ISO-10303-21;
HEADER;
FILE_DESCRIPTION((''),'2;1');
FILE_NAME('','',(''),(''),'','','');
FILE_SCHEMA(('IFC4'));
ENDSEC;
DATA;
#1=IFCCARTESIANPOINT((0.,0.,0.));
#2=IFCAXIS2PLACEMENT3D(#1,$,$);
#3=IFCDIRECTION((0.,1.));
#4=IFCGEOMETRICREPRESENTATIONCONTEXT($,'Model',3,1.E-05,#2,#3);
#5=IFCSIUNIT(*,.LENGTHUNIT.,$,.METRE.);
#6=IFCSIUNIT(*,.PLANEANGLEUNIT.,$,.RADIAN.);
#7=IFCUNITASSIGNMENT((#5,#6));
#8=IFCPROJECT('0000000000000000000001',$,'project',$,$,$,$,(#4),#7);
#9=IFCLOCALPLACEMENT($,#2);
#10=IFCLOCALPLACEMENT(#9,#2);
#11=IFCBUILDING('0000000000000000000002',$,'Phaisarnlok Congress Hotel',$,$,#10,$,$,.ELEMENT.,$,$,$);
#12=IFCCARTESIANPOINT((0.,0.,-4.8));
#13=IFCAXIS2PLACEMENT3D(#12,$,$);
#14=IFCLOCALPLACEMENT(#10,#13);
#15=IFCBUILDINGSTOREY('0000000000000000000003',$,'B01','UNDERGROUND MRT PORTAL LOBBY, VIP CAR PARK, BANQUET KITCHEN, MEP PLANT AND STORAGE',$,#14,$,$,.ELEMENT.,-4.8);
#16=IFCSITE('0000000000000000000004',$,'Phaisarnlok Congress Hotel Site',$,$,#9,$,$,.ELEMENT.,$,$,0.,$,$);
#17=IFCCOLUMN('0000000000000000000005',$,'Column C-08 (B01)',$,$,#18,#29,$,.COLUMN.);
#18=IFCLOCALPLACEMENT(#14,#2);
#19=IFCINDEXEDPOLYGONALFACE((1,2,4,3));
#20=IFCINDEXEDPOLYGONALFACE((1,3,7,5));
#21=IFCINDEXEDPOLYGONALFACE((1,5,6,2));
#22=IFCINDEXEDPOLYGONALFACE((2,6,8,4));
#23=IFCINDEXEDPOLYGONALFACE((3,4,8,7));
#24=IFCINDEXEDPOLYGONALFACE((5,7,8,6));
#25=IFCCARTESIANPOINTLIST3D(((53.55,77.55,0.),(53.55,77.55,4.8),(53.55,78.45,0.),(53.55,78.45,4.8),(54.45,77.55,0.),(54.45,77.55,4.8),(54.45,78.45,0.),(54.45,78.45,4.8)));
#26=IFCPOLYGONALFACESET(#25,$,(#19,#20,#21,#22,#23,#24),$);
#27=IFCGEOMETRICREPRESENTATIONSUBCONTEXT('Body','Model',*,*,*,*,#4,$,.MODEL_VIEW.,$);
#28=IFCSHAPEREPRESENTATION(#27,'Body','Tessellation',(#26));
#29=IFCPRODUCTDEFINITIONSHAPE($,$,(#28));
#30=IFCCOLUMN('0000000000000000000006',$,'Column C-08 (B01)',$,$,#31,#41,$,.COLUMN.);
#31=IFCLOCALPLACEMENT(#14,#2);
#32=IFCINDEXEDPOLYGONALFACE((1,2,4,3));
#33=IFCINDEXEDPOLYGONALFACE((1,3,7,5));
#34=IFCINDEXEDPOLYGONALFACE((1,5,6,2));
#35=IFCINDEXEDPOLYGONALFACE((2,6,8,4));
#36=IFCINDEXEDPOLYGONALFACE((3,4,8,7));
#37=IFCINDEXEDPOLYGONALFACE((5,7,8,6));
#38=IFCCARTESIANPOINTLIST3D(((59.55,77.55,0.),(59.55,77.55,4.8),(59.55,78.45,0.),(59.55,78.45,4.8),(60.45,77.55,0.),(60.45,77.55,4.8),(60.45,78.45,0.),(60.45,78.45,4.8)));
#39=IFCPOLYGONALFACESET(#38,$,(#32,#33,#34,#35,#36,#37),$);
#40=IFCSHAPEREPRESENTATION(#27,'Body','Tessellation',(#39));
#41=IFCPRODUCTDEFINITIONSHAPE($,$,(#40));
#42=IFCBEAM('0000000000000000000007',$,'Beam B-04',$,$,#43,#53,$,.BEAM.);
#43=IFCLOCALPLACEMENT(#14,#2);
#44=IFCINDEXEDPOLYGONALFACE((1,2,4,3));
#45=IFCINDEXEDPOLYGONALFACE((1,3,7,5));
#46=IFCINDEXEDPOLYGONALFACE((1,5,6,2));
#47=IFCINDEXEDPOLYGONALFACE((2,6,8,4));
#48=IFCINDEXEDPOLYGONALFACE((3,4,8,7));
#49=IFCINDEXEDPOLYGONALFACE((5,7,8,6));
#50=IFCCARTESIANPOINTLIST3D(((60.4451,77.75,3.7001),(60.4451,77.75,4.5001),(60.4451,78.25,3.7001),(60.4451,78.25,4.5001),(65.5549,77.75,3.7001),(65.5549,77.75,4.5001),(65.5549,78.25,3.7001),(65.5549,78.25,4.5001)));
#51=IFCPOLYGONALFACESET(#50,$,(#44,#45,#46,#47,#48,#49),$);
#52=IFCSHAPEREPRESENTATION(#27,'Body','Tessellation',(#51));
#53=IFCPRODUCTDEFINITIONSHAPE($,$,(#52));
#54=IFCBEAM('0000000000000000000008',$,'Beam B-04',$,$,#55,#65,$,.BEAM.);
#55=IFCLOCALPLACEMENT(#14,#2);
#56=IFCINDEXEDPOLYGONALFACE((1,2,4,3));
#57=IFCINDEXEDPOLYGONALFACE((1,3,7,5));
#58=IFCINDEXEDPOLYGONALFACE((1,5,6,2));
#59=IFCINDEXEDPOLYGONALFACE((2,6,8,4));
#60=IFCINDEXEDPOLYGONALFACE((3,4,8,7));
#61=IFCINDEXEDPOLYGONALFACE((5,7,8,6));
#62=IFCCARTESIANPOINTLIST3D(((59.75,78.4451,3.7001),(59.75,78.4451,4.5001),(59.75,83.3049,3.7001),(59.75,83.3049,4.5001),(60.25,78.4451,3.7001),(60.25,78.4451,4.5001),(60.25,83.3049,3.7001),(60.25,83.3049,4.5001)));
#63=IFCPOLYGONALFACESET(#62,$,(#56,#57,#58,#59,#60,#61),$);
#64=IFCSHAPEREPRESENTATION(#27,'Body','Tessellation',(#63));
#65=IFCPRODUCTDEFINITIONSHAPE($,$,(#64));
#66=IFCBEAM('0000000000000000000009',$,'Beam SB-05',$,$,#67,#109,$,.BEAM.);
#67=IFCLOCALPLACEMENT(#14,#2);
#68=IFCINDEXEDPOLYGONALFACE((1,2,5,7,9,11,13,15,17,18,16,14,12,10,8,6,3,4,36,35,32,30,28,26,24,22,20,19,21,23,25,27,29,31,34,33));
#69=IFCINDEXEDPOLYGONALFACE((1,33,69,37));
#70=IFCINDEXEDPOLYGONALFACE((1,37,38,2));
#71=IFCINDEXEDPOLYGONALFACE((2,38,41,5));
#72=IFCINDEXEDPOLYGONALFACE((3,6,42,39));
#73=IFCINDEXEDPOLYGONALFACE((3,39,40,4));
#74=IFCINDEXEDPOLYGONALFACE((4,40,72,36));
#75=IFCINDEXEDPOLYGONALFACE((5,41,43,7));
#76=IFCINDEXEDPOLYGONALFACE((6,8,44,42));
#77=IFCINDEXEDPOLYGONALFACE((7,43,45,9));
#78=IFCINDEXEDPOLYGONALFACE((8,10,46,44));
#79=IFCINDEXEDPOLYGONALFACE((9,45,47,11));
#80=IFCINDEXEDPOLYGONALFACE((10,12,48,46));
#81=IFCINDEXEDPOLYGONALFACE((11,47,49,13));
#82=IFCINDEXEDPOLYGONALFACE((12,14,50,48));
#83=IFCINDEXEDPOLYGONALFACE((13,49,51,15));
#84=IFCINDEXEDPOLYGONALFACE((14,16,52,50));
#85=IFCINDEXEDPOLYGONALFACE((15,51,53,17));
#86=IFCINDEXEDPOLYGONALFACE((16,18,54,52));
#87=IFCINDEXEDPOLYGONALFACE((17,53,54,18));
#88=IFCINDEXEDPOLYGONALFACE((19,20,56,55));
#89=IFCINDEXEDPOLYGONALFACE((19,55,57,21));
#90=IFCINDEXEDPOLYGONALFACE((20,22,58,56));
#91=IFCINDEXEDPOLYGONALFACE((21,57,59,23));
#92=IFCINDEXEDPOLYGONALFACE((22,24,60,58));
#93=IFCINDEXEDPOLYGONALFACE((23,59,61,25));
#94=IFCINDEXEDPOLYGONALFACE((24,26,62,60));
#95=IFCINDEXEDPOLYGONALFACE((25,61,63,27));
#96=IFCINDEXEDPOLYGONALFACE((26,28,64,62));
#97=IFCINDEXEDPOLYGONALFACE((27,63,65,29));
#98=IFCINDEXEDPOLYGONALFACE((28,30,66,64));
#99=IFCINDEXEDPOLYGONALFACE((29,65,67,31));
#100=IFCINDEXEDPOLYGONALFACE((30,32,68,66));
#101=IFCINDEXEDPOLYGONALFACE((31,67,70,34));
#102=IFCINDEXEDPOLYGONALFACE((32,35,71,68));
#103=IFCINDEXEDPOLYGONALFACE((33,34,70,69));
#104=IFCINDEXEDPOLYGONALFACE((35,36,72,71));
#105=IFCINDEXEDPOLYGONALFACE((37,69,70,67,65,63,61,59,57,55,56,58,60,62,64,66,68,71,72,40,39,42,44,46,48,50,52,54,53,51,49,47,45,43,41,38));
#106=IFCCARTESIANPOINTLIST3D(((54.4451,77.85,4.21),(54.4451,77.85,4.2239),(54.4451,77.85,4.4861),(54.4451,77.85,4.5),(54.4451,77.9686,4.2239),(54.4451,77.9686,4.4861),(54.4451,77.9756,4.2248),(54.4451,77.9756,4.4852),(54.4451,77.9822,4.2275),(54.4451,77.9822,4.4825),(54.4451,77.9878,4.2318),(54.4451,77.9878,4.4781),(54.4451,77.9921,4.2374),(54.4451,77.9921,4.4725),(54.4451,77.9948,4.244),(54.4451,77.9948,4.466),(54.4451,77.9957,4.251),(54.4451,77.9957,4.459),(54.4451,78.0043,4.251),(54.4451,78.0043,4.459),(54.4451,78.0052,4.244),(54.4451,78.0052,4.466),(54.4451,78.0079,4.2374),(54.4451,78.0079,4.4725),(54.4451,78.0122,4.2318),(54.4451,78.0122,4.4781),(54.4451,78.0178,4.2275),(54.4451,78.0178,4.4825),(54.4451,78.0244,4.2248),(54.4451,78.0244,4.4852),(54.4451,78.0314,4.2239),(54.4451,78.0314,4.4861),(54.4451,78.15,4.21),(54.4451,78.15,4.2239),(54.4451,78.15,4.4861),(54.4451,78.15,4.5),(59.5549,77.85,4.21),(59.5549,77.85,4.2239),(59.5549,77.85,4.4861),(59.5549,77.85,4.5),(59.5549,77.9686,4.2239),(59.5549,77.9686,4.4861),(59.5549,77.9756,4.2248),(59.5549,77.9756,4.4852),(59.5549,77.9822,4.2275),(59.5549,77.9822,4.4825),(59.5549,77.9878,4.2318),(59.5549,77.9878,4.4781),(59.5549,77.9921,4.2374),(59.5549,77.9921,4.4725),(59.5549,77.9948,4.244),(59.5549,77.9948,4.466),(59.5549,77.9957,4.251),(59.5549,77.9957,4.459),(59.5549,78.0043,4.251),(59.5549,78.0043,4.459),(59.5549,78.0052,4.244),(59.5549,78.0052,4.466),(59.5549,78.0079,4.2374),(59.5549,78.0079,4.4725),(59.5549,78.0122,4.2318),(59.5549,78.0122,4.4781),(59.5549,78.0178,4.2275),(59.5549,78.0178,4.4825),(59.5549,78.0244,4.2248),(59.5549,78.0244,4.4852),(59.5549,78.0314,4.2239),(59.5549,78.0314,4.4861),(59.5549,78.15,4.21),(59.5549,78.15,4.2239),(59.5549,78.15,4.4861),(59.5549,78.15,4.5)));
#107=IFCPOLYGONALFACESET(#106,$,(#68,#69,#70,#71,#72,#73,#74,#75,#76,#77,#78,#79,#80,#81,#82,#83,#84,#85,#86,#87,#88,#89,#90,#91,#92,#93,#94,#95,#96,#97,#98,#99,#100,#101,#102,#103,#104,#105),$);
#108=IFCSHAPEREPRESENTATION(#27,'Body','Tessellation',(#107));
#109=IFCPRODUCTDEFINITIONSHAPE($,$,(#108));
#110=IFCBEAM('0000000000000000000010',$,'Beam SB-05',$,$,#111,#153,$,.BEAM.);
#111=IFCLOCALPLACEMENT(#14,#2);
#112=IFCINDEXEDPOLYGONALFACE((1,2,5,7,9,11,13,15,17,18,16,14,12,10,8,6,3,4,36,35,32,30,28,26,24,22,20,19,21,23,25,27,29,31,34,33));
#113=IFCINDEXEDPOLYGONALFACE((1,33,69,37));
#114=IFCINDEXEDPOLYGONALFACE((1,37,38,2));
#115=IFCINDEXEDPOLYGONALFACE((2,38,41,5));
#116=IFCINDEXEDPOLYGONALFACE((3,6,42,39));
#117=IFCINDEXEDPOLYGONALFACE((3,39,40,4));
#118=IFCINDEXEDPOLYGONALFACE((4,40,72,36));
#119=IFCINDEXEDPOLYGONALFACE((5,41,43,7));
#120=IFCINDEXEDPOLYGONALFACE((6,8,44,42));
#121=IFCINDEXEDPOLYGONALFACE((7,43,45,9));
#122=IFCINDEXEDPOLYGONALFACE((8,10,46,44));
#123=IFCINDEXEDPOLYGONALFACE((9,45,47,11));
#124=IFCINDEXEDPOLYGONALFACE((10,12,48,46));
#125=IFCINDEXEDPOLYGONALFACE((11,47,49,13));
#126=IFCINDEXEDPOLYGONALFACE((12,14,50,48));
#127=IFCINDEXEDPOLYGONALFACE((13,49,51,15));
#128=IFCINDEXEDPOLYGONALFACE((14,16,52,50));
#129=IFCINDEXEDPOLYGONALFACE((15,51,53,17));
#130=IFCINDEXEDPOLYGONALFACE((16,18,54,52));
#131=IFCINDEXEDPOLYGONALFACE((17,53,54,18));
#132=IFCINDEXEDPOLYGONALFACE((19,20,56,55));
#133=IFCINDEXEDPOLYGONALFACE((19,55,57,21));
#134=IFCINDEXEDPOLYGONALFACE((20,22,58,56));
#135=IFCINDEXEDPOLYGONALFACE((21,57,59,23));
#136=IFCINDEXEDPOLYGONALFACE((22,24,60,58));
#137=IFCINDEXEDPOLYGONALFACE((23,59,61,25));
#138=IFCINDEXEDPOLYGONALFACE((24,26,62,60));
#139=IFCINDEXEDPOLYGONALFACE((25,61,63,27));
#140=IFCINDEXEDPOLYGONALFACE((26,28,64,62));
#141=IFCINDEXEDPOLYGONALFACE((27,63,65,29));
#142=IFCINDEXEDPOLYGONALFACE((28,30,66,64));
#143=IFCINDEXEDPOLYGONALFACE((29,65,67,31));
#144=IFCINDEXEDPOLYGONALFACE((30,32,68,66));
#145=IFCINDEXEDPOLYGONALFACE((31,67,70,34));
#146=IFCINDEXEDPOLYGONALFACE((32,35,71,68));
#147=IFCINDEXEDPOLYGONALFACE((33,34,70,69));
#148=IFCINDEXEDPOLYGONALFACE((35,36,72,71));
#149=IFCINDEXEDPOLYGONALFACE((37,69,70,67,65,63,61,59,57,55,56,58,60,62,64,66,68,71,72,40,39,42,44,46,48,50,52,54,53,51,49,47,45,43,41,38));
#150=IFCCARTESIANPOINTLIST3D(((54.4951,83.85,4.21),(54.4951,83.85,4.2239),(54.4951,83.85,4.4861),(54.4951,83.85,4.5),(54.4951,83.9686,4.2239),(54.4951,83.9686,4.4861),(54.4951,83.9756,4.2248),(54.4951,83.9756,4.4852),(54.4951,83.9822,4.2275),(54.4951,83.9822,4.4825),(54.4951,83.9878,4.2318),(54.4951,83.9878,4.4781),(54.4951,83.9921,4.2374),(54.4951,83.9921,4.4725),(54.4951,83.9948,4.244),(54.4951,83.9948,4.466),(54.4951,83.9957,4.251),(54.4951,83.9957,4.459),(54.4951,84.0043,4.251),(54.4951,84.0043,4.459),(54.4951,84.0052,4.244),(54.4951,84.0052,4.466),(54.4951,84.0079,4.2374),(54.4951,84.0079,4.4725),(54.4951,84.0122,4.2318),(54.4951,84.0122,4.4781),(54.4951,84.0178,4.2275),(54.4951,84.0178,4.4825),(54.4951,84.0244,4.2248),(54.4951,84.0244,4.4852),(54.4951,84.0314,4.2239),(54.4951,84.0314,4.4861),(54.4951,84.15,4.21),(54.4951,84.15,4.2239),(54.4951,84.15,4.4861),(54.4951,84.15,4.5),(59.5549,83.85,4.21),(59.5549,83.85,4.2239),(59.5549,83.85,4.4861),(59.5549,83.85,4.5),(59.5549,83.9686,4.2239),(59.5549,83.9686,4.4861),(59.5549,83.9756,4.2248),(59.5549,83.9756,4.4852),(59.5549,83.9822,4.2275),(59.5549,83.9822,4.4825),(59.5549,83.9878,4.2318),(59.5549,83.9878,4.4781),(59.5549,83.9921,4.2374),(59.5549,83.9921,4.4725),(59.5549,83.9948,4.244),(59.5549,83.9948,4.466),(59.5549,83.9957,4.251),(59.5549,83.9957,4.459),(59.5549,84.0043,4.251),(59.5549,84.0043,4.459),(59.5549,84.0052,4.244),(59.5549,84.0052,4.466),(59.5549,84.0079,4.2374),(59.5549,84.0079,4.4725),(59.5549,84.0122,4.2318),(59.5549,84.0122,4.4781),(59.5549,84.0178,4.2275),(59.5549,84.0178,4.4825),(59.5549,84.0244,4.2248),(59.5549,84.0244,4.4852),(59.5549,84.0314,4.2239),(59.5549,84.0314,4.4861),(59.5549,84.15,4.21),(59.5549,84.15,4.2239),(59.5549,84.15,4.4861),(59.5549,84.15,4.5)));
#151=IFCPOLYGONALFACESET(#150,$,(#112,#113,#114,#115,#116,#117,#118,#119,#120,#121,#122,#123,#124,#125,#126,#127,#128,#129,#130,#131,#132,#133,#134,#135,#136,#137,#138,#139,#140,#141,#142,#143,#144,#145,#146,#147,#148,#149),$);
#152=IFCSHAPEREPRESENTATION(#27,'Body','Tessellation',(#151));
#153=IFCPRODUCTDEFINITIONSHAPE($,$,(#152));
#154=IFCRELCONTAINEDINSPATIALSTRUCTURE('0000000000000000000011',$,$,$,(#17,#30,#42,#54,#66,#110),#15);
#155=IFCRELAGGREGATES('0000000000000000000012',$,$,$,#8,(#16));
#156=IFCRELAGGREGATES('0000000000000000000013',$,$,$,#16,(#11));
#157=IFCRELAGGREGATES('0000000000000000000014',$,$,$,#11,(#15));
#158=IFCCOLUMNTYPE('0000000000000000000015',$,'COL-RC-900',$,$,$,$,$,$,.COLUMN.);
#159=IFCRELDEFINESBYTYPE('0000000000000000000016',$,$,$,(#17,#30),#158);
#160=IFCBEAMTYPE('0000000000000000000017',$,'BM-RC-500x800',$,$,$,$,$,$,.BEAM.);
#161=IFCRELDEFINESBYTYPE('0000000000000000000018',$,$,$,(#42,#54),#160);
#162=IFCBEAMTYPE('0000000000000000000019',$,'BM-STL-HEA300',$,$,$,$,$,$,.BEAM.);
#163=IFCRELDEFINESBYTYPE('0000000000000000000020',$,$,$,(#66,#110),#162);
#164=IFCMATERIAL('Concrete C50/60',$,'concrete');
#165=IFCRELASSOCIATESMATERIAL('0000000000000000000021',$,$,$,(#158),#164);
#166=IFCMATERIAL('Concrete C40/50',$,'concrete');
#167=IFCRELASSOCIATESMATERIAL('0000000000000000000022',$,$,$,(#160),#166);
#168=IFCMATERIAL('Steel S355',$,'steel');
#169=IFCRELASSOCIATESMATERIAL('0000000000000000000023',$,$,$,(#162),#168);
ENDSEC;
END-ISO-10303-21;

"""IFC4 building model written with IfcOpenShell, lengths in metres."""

from ifc_helpers import new_model, si_unit, direction, frame, origin, origin_2d, place, context, subcontext, project, spatial, rectangle, i_section, extrude, material, material_profile, profile_set, type_object, element, save


model = new_model("IFC4")

# Units and contexts
model_context = context("Model", 3, precision=1e-05, world=origin(), true_north=direction((0.0, 1.0)))
body_context = subcontext(model_context, "Body", "Model", "MODEL_VIEW")
ifc_project = project(units=[si_unit("LENGTHUNIT", "METRE"), si_unit("PLANEANGLEUNIT", "RADIAN")], contexts=[model_context])

# Site, building, storey
site_placement = place(None, origin())
site = spatial("IfcSite", under=ifc_project, at=site_placement, Name="Phaisarnlok Congress Hotel Site", CompositionType="ELEMENT", RefElevation=0.0)
building_placement = place(site_placement, origin())
building = spatial("IfcBuilding", under=site, at=building_placement, Name="Phaisarnlok Congress Hotel", CompositionType="ELEMENT")
storey_placement = place(building_placement, frame((0.0, 0.0, -4.8)))
storey = spatial("IfcBuildingStorey", under=building, at=storey_placement, Name="B01", Description="UNDERGROUND MRT PORTAL LOBBY, VIP CAR PARK, BANQUET KITCHEN, MEP PLANT AND STORAGE", CompositionType="ELEMENT", Elevation=-4.8)

# Shared definitions
ifc_material_1 = material(Name="Concrete C40/50", Category="concrete")

# Columns
ifc_material_2 = material(Name="Concrete C50/60", Category="concrete")
ifc_material_profile_1 = material_profile(ifc_material_2, rectangle(XDim=0.8999, YDim=0.8999, at=origin_2d()), Name="RC 900x900")
ifc_profile_set_1 = profile_set([ifc_material_profile_1], Name="Concrete C50/60")
column_type_1 = type_object("IfcColumnType", Name="COL-RC-900", PredefinedType="COLUMN", material=ifc_profile_set_1)
for number, where, z_axis, x_axis, name in (
    (1, (54.0, 78.0, 0.0), (0.0, 0.0, 1.0), (1.0, 0.0, 0.0), "Column C-08 (B01)"),
    (2, (60.0, 78.0, 0.0), (0.0, 0.0, 1.0), (1.0, 0.0, 0.0), "Column C-08 (B01)"),
):
    element("IfcColumn", number, at=place(storey_placement, frame(where, z_axis=z_axis, x_axis=x_axis)), inside=storey, type_object=column_type_1, Name=name, PredefinedType="COLUMN", context=body_context, shape_type="SweptSolid", body=[
        extrude(rectangle(XDim=0.8999, YDim=0.8999, at=origin_2d()), origin(), (0.0, 0.0, 1.0), 4.8),
    ])

# Beams
ifc_material_profile_2 = material_profile(ifc_material_1, rectangle(XDim=0.5, YDim=0.8, at=origin_2d()), Name="RC 500x800")
ifc_profile_set_2 = profile_set([ifc_material_profile_2], Name="Concrete C40/50")
beam_type_1 = type_object("IfcBeamType", Name="BM-RC-500x800", PredefinedType="BEAM", material=ifc_profile_set_2)
beam_1_placement = place(storey_placement, frame((60.4451, 78.0, 4.1001), z_axis=(1.0, 0.0, 0.0), x_axis=(0.0, 1.0, 0.0)))
element("IfcBeam", 3, at=beam_1_placement, inside=storey, type_object=beam_type_1, Name="Beam B-04", PredefinedType="BEAM", context=body_context, shape_type="SweptSolid", body=[
    extrude(rectangle(XDim=0.5, YDim=0.8, at=origin_2d()), origin(), (0.0, 0.0, 1.0), 5.1099),
])
beam_2_placement = place(storey_placement, frame((60.0, 78.4451, 4.1001), z_axis=(0.0, 1.0, 0.0), x_axis=(-1.0, 0.0, 0.0)))
element("IfcBeam", 4, at=beam_2_placement, inside=storey, type_object=beam_type_1, Name="Beam B-04", PredefinedType="BEAM", context=body_context, shape_type="SweptSolid", body=[
    extrude(rectangle(XDim=0.5, YDim=0.8, at=origin_2d()), origin(), (0.0, 0.0, 1.0), 4.8599),
])
ifc_material_3 = material(Name="Steel S355", Category="steel")
ifc_material_profile_3 = material_profile(ifc_material_3, i_section(OverallWidth=0.3, OverallDepth=0.29, WebThickness=0.0085, FlangeThickness=0.0139, FilletRadius=0.0271, at=origin_2d()), Name="HEA 300")
ifc_profile_set_3 = profile_set([ifc_material_profile_3], Name="Steel S355")
beam_type_2 = type_object("IfcBeamType", Name="BM-STL-HEA300", PredefinedType="BEAM", material=ifc_profile_set_3)
beam_3_placement = place(storey_placement, frame((54.4451, 78.0, 4.355), z_axis=(1.0, 0.0, 0.0), x_axis=(0.0, 1.0, 0.0)))
element("IfcBeam", 5, at=beam_3_placement, inside=storey, type_object=beam_type_2, Name="Beam SB-05", PredefinedType="BEAM", context=body_context, shape_type="SweptSolid", body=[
    extrude(i_section(OverallWidth=0.3, OverallDepth=0.29, WebThickness=0.0085, FlangeThickness=0.0139, FilletRadius=0.0271, at=origin_2d()), origin(), (0.0, 0.0, 1.0), 5.1099),
])
beam_4_placement = place(storey_placement, frame((54.4951, 84.0, 4.355), z_axis=(1.0, 0.0, 0.0), x_axis=(0.0, 1.0, 0.0)))
element("IfcBeam", 6, at=beam_4_placement, inside=storey, type_object=beam_type_2, Name="Beam SB-05", PredefinedType="BEAM", context=body_context, shape_type="SweptSolid", body=[
    extrude(i_section(OverallWidth=0.3, OverallDepth=0.29, WebThickness=0.0085, FlangeThickness=0.0139, FilletRadius=0.0271, at=origin_2d()), origin(), (0.0, 0.0, 1.0), 5.0598),
])

save(model, "model.ifc")
